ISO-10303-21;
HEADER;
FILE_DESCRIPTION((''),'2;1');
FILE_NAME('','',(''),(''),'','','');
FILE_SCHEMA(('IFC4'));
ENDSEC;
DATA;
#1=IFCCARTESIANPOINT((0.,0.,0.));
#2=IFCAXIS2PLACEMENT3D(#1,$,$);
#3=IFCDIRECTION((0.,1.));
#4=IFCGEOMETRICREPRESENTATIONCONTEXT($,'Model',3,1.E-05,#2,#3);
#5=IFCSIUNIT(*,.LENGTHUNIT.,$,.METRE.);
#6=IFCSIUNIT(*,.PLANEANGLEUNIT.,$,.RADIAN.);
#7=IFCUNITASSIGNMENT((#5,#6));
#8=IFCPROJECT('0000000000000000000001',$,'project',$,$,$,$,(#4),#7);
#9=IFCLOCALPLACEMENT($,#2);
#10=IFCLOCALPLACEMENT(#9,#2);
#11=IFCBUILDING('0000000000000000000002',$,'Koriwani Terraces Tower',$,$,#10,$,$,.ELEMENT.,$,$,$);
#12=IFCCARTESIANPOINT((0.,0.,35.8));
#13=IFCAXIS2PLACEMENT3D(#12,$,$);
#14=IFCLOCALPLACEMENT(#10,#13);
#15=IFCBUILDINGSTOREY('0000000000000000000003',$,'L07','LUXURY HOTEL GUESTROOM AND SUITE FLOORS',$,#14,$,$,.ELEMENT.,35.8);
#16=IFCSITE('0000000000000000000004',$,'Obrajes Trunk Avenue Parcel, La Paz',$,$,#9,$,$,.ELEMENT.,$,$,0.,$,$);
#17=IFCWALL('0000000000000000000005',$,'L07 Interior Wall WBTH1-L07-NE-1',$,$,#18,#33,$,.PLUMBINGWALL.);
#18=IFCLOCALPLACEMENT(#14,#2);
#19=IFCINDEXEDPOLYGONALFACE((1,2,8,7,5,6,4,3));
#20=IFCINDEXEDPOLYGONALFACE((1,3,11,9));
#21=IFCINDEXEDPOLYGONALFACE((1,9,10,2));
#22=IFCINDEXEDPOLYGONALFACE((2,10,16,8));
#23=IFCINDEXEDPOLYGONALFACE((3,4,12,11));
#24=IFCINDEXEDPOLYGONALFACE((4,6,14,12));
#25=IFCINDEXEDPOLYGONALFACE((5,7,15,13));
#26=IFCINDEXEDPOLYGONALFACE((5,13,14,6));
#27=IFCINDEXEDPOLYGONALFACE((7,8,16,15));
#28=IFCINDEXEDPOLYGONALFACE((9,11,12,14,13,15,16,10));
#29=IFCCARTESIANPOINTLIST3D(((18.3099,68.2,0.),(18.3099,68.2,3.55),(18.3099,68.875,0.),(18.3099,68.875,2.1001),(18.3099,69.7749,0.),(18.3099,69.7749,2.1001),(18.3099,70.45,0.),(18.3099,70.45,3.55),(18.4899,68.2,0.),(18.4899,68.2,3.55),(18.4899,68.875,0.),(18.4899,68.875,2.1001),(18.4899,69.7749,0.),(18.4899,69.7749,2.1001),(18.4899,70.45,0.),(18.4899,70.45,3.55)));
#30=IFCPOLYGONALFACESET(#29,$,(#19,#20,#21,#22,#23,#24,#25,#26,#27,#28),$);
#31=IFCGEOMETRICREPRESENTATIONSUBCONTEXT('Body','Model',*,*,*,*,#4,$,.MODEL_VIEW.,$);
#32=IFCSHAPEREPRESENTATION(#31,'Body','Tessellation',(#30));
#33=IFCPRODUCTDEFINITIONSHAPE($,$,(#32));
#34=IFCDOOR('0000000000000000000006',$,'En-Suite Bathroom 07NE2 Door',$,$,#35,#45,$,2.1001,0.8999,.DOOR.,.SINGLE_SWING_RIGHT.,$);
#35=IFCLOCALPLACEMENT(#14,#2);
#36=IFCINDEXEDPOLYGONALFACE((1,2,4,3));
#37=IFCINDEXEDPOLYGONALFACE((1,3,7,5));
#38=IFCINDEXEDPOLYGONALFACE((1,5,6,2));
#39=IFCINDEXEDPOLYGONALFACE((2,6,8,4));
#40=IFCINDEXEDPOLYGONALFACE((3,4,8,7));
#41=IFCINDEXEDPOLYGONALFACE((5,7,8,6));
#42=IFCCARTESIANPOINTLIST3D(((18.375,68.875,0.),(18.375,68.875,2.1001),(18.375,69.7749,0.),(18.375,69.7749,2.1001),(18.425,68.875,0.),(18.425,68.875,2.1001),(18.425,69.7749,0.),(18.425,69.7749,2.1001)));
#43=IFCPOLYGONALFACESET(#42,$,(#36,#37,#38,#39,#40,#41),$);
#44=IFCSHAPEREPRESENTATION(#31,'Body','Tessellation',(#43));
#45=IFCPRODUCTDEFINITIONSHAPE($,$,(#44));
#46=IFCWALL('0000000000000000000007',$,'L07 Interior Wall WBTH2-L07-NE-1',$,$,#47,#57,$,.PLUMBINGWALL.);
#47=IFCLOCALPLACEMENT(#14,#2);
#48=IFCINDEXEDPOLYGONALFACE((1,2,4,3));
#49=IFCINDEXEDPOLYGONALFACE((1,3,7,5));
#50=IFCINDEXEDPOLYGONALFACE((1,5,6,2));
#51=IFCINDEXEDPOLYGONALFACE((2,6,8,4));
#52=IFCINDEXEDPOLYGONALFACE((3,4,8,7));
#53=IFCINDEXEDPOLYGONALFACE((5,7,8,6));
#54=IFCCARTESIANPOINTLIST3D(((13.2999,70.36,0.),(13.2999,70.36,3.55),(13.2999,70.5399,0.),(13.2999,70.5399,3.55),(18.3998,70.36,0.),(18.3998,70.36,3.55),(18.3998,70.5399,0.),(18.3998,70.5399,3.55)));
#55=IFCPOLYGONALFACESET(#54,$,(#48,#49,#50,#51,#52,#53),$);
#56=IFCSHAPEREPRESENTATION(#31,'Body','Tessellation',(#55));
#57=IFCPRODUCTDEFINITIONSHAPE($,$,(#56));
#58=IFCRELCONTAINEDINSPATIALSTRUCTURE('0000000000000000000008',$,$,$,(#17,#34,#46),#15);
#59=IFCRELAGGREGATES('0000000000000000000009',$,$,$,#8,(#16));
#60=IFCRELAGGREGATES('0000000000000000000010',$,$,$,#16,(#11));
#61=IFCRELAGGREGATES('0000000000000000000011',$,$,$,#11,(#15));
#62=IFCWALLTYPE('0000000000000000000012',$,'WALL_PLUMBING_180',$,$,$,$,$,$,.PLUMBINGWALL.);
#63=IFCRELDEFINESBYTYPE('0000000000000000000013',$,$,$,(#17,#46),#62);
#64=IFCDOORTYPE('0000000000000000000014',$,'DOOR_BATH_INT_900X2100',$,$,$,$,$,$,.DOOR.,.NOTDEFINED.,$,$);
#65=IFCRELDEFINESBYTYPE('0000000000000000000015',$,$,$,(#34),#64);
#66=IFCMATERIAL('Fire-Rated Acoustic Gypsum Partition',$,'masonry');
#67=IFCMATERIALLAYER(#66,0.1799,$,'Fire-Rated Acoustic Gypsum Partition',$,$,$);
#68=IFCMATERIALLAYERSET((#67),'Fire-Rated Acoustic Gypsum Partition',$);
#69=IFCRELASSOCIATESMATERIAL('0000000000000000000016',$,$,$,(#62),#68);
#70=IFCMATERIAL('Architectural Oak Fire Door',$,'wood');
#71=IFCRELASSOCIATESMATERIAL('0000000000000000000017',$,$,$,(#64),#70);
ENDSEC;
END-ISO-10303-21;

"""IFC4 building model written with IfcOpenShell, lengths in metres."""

from ifc_helpers import new_model, si_unit, direction, frame, frame_2d, origin, place, context, subcontext, project, spatial, rectangle, extrude, material, layer, layer_set, type_object, element, fill, save


model = new_model("IFC4")

# Units and contexts
model_context = context("Model", 3, precision=1e-05, world=origin(), true_north=direction((0.0, 1.0)))
body_context = subcontext(model_context, "Body", "Model", "MODEL_VIEW")
ifc_project = project(units=[si_unit("LENGTHUNIT", "METRE"), si_unit("PLANEANGLEUNIT", "RADIAN")], contexts=[model_context])

# Site, building, storey
site_placement = place(None, origin())
site = spatial("IfcSite", under=ifc_project, at=site_placement, Name="Obrajes Trunk Avenue Parcel, La Paz", CompositionType="ELEMENT", RefElevation=0.0)
building_placement = place(site_placement, origin())
building = spatial("IfcBuilding", under=site, at=building_placement, Name="Koriwani Terraces Tower", CompositionType="ELEMENT")
storey_placement = place(building_placement, frame((0.0, 0.0, 35.8)))
storey = spatial("IfcBuildingStorey", under=building, at=storey_placement, Name="L07", Description="LUXURY HOTEL GUESTROOM AND SUITE FLOORS", CompositionType="ELEMENT", Elevation=35.8)

# Shared definitions
ifc_material_1 = material(Name="Architectural Oak Fire Door", Category="wood")

# Shared definitions
ifc_material_2 = material(Name="Fire-Rated Acoustic Gypsum Partition", Category="masonry")
ifc_layer_1 = layer(ifc_material_2, 0.1799, Name="Fire-Rated Acoustic Gypsum Partition")
ifc_layer_set_1 = layer_set([ifc_layer_1], Name="Fire-Rated Acoustic Gypsum Partition")
wall_type_1 = type_object("IfcWallType", Name="WALL_PLUMBING_180", PredefinedType="PLUMBINGWALL", material=ifc_layer_set_1)
door_type_1 = type_object("IfcDoorType", Name="DOOR_BATH_INT_900X2100", OperationType="NOTDEFINED", PredefinedType="DOOR", material=ifc_material_1)

# Wall, opening, door
wall_1_placement = place(storey_placement, frame((18.3999, 68.2, 0.0), z_axis=(0.0, 0.0, 1.0), x_axis=(0.0, 1.0, 0.0)))
wall_1 = element("IfcWall", 1, at=wall_1_placement, inside=storey, type_object=wall_type_1, Name="L07 Interior Wall WBTH1-L07-NE-1", PredefinedType="PLUMBINGWALL", context=body_context, shape_type="SweptSolid", body=[
    extrude(rectangle(XDim=2.25, YDim=0.1799, at=frame_2d((1.125, 0.0))), origin(), (0.0, 0.0, 1.0), 3.55),
])
opening_1_placement = place(wall_1_placement, frame((0.675, 0.0, 0.0)))
opening_1 = element("IfcOpeningElement", 2, at=opening_1_placement, cuts=wall_1, PredefinedType="OPENING", context=body_context, shape_type="SweptSolid", body=[
    extrude(rectangle(XDim=0.8999, YDim=2.1001, at=frame_2d((0.45, 1.05))), frame((0.0, 0.1001, 0.0), z_axis=(0.0, -1.0, 0.0), x_axis=(1.0, 0.0, 0.0)), (0.0, 0.0, 1.0), 0.2),
])
door_1_placement = place(opening_1_placement, origin())
door_1 = element("IfcDoor", 3, at=door_1_placement, inside=storey, type_object=door_type_1, Name="En-Suite Bathroom 07NE2 Door", OperationType="SINGLE_SWING_RIGHT", OverallHeight=2.1001, OverallWidth=0.8999, PredefinedType="DOOR", context=body_context, shape_type="SweptSolid", body=[
    extrude(rectangle(XDim=0.8999, YDim=2.1001, at=frame_2d((0.45, 1.05))), frame((0.0, 0.0249, 0.0), z_axis=(0.0, -1.0, 0.0), x_axis=(1.0, 0.0, 0.0)), (0.0, 0.0, 1.0), 0.05),
])
fill(opening_1, door_1)

# Wall
wall_2_placement = place(storey_placement, frame((13.3, 70.45, 0.0), z_axis=(0.0, 0.0, 1.0), x_axis=(1.0, 0.0, 0.0)))
element("IfcWall", 4, at=wall_2_placement, inside=storey, type_object=wall_type_1, Name="L07 Interior Wall WBTH2-L07-NE-1", PredefinedType="PLUMBINGWALL", context=body_context, shape_type="SweptSolid", body=[
    extrude(rectangle(XDim=5.0999, YDim=0.1799, at=frame_2d((2.5498, 0.0))), origin(), (0.0, 0.0, 1.0), 3.55),
])

save(model, "model.ifc")
